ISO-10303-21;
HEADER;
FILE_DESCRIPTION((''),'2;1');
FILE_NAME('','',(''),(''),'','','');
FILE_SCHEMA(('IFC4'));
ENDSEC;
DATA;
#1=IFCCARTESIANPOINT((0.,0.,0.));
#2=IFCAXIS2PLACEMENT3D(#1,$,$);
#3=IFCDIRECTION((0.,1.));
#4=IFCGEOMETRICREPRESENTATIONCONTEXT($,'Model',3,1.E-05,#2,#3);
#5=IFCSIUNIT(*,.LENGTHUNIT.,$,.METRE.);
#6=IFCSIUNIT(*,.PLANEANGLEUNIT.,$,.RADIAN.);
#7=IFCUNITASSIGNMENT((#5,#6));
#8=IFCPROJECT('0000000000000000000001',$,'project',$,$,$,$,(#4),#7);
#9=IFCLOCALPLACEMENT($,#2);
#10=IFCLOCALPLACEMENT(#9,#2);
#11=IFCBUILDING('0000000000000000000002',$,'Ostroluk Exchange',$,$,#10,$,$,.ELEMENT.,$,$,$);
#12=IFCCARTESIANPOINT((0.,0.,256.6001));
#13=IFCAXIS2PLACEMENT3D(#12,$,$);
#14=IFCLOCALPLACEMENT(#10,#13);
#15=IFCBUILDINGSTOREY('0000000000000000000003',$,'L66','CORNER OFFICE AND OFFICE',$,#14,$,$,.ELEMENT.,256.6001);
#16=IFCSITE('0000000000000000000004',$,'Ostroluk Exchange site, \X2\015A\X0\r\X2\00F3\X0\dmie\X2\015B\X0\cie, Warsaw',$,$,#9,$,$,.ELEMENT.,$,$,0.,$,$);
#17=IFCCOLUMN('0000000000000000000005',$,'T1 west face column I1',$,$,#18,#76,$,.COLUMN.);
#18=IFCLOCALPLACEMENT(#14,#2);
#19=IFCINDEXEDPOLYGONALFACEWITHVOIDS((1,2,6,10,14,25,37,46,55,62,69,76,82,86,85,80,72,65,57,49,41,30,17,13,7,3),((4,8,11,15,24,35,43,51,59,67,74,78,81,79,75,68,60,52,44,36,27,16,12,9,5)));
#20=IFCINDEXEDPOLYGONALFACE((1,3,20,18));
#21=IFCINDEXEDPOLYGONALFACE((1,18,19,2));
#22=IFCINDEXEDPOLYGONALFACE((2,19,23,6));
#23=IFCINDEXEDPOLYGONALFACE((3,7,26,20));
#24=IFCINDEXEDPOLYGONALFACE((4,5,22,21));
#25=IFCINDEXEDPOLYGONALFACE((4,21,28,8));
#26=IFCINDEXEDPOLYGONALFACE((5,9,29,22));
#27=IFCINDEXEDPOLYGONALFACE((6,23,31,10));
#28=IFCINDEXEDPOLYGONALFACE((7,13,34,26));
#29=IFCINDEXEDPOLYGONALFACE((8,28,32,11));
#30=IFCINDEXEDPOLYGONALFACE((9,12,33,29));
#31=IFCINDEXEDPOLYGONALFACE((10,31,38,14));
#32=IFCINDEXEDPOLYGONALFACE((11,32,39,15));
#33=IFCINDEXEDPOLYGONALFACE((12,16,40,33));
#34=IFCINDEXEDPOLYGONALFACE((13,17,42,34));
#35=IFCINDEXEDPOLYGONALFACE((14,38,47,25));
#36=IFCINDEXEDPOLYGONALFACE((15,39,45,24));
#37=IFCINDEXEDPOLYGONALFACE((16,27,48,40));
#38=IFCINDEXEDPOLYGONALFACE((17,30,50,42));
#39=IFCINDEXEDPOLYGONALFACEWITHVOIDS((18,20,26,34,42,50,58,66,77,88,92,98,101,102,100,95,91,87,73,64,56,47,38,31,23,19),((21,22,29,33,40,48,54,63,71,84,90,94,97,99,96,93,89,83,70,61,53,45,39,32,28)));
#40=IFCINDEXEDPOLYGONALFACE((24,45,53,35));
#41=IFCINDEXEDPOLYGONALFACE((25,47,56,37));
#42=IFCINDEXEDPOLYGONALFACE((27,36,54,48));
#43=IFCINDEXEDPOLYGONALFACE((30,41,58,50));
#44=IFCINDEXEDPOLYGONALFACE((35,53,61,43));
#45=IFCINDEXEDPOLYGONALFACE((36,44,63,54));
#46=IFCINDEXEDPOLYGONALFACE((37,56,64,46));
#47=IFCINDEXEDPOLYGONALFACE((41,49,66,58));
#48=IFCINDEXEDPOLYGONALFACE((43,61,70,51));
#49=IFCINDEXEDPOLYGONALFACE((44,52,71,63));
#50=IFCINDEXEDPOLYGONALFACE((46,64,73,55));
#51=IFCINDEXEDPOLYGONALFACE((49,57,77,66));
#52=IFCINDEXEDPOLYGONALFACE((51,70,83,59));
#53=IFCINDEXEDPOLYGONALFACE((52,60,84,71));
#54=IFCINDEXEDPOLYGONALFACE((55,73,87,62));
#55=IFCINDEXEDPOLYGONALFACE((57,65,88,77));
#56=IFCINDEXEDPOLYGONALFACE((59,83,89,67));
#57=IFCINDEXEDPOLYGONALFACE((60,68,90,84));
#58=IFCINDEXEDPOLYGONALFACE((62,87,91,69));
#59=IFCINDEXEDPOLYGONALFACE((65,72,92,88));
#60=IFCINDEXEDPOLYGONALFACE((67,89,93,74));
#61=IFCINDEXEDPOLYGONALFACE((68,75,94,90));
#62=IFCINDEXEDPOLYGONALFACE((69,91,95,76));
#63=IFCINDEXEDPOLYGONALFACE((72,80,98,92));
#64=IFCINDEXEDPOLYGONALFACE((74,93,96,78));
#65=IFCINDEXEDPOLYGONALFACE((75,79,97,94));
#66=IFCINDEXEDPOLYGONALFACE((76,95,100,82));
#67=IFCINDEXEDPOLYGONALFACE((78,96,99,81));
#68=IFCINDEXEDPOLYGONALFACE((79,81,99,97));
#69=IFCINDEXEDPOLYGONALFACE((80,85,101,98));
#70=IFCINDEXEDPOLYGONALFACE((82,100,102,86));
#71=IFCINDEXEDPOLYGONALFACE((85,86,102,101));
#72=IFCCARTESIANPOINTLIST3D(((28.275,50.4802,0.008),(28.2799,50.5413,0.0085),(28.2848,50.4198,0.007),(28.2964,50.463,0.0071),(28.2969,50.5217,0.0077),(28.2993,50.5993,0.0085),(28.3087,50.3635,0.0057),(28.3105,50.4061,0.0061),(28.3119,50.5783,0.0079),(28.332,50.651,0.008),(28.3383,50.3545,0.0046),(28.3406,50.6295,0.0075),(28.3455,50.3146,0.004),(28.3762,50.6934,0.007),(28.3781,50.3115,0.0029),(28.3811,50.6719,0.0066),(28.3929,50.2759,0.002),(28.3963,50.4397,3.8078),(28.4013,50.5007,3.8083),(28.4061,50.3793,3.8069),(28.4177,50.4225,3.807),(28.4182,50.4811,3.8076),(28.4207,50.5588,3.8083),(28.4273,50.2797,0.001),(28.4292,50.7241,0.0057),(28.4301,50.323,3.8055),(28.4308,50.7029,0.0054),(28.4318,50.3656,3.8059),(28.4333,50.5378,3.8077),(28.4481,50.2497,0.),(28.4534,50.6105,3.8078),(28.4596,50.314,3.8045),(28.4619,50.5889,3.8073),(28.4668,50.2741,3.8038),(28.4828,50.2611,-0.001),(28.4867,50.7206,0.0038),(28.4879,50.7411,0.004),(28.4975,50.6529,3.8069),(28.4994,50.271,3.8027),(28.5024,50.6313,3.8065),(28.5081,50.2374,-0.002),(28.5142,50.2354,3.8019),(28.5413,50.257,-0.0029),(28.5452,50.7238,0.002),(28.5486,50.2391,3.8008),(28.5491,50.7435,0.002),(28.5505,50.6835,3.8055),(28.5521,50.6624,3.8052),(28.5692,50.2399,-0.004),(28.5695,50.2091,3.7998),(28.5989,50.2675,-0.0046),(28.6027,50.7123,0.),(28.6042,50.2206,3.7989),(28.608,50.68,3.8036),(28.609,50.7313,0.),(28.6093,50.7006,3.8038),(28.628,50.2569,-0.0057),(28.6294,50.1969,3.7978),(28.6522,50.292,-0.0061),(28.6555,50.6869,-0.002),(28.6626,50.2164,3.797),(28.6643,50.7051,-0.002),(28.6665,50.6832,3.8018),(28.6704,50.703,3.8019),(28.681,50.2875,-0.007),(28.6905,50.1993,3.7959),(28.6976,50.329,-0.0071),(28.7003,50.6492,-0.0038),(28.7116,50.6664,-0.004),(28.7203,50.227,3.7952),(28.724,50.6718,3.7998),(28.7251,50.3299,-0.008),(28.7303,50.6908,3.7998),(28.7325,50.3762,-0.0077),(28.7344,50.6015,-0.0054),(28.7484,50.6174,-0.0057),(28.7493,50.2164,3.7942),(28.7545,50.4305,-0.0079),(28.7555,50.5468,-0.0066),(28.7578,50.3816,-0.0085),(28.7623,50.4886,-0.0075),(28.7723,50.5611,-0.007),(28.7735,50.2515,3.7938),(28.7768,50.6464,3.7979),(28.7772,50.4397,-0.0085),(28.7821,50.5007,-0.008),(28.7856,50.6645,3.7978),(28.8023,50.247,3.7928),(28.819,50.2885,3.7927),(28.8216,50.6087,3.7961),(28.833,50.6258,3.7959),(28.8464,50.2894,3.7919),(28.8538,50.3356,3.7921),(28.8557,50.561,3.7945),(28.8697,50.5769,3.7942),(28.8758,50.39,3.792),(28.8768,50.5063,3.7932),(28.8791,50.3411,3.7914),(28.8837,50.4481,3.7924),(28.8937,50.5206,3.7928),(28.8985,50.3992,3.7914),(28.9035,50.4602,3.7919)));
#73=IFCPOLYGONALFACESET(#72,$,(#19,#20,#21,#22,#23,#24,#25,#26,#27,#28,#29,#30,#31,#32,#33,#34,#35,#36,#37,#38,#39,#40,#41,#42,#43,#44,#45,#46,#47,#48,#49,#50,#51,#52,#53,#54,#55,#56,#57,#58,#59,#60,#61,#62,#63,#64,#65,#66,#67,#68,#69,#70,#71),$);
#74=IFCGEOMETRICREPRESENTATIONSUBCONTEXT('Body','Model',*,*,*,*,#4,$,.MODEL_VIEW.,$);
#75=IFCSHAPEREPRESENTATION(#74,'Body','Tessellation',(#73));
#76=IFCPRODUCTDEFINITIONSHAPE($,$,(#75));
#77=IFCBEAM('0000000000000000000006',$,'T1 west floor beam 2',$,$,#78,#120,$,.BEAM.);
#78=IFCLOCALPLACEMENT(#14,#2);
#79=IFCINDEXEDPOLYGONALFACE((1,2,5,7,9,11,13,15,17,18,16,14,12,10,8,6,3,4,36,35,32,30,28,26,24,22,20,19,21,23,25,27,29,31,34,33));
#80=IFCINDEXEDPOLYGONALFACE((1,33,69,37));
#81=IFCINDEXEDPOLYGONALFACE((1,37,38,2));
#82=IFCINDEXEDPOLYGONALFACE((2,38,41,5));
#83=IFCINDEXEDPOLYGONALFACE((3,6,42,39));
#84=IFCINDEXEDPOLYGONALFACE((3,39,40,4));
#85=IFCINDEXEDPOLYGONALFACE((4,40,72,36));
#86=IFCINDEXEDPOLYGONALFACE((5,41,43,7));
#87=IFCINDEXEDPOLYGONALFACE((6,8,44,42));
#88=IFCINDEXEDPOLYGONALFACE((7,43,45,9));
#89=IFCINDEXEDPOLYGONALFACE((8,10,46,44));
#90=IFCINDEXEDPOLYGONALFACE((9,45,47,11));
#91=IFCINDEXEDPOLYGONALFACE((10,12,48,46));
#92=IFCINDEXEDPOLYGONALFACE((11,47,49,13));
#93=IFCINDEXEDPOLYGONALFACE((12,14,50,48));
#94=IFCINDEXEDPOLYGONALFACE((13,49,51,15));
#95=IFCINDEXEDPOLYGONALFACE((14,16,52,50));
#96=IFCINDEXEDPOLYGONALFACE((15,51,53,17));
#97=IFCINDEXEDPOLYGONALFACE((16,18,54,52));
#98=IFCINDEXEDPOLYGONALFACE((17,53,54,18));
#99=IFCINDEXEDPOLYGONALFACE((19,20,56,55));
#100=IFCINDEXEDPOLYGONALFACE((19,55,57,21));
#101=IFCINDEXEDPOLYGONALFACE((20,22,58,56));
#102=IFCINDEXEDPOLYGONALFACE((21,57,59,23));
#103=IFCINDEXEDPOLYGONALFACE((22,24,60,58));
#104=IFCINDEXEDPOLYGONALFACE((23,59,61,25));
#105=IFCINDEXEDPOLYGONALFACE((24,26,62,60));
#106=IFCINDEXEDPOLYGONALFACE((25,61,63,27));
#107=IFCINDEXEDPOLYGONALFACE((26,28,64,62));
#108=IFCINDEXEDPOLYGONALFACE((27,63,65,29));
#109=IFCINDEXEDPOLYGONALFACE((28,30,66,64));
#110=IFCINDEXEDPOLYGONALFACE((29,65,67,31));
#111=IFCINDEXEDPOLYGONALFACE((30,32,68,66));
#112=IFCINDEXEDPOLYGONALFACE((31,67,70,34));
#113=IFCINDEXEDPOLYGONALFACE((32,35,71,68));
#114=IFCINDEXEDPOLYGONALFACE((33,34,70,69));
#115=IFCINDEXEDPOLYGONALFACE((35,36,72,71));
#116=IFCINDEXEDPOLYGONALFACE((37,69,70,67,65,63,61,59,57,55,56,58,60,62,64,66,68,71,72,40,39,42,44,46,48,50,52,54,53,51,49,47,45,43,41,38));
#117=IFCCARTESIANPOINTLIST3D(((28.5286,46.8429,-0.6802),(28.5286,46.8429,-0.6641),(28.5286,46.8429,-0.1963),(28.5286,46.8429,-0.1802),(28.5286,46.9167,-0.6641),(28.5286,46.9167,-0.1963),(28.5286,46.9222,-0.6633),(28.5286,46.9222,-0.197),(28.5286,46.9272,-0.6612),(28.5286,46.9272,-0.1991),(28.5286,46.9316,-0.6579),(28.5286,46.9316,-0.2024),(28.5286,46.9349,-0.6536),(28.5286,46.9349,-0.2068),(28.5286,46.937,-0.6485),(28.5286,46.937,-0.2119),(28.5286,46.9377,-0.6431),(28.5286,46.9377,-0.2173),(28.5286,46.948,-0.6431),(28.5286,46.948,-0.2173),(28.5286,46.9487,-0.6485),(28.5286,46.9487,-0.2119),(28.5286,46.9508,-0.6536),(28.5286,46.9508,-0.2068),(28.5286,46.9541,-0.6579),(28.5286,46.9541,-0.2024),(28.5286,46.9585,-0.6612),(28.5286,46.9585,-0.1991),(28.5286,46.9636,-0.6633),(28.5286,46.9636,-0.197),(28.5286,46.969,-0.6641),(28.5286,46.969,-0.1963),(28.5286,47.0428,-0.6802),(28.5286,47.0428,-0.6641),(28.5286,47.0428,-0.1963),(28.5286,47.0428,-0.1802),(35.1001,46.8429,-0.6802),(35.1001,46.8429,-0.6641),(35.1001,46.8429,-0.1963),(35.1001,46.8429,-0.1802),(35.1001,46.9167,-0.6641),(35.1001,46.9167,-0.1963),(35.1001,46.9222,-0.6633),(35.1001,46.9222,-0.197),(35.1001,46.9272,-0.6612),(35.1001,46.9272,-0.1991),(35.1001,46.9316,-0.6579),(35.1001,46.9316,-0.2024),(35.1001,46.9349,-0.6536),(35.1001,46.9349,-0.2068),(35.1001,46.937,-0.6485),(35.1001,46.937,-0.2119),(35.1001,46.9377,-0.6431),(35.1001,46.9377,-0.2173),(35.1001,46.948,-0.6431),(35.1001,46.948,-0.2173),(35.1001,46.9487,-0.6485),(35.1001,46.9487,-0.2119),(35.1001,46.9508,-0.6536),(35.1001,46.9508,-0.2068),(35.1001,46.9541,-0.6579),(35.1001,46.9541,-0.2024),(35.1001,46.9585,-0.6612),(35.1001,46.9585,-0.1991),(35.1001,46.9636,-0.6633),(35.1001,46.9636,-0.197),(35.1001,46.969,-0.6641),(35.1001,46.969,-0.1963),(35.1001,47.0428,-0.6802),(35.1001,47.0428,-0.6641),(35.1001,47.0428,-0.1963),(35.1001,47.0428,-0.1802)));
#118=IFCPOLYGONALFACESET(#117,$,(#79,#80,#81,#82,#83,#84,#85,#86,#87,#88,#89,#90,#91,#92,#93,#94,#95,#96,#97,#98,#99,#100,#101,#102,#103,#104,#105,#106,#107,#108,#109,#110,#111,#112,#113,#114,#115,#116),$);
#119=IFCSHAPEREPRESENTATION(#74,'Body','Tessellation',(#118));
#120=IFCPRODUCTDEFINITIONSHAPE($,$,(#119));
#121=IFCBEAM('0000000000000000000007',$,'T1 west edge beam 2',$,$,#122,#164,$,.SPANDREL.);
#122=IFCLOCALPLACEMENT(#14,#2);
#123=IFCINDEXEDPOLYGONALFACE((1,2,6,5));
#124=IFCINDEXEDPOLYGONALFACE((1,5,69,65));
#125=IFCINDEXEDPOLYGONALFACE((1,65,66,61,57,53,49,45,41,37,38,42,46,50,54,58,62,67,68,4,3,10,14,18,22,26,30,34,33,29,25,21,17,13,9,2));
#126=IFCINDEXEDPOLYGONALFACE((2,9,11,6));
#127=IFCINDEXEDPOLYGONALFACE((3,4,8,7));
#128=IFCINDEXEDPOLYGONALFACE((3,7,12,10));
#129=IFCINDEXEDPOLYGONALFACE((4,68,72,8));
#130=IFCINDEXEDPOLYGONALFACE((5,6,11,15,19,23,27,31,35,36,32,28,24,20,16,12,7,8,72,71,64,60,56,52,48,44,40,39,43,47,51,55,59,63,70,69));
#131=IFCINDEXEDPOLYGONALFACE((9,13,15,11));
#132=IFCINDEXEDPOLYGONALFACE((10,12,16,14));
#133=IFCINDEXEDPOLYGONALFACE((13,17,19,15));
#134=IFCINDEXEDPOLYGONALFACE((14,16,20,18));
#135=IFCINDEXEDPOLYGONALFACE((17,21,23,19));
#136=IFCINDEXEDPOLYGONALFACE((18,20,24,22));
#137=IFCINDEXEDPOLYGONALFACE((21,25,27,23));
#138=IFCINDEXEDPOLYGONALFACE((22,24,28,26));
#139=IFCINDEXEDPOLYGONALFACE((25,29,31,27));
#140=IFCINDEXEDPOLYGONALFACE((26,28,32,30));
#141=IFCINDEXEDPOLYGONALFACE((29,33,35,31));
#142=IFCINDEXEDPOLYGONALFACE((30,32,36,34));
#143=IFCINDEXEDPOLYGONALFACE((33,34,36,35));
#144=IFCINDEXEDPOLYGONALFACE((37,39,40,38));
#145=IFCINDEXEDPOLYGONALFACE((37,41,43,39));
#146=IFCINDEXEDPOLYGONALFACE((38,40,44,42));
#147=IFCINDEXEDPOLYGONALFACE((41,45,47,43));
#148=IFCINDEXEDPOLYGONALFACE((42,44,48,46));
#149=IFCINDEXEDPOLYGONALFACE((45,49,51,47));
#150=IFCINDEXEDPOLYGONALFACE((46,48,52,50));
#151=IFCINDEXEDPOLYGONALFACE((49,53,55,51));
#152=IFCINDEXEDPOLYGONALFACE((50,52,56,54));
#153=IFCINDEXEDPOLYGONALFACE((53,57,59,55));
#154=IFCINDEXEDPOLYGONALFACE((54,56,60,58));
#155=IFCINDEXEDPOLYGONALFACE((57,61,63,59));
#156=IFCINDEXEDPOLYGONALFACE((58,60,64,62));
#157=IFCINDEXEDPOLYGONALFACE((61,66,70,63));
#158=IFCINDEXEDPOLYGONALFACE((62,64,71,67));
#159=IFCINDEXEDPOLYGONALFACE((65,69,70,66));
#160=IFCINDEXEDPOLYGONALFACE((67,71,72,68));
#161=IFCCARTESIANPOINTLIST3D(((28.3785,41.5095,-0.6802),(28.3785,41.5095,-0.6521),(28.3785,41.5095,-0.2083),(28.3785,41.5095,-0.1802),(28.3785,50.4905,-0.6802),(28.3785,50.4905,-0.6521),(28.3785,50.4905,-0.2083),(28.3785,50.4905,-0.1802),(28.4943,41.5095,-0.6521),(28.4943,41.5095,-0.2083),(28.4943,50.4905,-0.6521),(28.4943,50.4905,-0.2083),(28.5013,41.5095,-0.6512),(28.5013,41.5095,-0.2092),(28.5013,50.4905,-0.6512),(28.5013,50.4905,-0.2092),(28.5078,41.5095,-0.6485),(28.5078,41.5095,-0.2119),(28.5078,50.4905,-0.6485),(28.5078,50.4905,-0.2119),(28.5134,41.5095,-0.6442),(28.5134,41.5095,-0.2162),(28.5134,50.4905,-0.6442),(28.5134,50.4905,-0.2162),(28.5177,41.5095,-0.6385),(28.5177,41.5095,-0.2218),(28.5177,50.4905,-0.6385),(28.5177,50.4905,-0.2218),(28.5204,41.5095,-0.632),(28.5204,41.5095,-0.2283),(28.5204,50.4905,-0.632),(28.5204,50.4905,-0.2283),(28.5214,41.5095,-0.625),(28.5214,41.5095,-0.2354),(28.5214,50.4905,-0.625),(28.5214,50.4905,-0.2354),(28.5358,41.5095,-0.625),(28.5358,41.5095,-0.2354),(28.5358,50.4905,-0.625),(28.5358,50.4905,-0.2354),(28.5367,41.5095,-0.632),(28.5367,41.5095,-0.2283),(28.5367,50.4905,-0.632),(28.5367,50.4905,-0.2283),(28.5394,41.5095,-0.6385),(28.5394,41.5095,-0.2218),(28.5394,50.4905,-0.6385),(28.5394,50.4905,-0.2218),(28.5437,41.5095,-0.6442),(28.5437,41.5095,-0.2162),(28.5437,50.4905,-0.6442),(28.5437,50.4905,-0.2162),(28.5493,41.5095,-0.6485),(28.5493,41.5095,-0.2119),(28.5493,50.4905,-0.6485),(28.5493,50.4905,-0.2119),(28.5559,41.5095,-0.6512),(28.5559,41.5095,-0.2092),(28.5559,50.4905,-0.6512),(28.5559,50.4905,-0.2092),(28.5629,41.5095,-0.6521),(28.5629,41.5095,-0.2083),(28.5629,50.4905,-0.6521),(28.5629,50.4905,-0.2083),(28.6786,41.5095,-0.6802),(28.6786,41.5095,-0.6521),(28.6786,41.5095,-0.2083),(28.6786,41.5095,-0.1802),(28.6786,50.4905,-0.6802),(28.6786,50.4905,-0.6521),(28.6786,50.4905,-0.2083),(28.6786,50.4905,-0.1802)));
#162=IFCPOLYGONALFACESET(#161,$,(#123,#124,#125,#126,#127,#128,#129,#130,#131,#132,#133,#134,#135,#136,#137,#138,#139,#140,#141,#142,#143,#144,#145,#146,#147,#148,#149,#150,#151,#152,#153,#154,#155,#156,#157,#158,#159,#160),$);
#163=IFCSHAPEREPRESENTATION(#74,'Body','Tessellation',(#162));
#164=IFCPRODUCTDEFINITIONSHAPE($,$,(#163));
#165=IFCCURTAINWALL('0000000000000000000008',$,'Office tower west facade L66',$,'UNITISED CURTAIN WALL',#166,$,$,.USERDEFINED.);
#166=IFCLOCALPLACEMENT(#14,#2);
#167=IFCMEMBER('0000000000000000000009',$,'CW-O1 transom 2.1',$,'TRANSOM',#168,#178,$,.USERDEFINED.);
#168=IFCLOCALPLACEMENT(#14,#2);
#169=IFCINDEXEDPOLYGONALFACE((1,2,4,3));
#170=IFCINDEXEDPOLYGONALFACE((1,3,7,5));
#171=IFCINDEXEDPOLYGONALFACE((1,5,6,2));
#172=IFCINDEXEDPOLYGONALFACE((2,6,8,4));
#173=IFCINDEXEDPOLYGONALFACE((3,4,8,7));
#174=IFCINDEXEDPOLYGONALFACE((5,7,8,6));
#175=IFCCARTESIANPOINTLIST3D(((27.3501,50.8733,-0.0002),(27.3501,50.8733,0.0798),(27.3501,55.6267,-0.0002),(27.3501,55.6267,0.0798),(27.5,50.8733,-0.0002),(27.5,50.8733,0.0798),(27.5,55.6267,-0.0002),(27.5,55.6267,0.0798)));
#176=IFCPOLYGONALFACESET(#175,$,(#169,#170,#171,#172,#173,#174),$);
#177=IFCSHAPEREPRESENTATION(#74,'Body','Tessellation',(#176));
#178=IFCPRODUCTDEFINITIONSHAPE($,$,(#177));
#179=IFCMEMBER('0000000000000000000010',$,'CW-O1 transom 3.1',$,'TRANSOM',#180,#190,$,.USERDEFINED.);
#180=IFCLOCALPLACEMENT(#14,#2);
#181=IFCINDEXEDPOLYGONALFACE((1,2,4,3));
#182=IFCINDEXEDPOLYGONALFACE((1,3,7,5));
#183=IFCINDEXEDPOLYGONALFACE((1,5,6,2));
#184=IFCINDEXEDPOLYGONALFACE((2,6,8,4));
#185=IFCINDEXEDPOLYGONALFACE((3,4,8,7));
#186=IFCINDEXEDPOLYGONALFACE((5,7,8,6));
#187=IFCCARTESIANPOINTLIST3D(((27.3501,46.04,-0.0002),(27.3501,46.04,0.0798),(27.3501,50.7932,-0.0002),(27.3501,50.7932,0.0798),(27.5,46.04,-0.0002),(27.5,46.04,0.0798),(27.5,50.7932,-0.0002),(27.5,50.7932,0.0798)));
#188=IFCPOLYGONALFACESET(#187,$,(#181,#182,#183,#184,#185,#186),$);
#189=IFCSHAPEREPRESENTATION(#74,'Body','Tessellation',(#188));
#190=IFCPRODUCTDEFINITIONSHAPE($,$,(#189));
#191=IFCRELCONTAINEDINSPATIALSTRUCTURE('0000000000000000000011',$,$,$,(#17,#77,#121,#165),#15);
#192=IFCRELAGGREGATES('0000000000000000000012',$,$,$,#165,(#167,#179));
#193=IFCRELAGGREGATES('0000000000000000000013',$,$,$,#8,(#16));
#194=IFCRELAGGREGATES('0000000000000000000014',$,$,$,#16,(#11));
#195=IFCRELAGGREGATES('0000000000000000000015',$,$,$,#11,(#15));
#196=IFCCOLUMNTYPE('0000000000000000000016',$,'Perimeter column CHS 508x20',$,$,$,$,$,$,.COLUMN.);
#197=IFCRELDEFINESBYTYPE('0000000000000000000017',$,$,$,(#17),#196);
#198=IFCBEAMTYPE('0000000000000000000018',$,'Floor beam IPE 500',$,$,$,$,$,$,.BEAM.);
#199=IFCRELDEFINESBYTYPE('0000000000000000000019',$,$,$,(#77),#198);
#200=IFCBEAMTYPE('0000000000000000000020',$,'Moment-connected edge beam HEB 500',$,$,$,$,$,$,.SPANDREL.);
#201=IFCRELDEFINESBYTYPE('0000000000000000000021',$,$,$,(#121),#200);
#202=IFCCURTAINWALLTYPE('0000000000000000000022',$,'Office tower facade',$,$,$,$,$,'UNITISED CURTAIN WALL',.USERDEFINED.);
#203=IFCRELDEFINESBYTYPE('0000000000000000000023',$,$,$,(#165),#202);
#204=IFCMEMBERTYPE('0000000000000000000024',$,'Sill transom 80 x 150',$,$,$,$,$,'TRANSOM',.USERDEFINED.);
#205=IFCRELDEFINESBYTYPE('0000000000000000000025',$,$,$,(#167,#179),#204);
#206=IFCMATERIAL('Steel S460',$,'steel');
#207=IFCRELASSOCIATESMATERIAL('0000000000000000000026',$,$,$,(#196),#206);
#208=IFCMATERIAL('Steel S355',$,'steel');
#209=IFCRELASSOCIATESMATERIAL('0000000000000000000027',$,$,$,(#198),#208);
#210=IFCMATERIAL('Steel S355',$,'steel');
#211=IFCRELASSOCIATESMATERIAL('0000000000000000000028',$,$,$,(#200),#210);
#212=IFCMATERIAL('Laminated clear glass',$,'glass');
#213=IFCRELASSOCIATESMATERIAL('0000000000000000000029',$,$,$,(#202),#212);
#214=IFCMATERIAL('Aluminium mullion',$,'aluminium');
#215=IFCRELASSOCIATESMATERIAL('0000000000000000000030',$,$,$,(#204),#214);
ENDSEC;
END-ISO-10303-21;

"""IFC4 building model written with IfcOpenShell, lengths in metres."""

from ifc_helpers import new_model, si_unit, direction, frame, origin, origin_2d, place, context, subcontext, project, spatial, rectangle, hollow_circle, i_section, extrude, material, material_profile, profile_set, type_object, element, aggregate, save


model = new_model("IFC4")

# Units and contexts
model_context = context("Model", 3, precision=1e-05, world=origin(), true_north=direction((0.0, 1.0)))
body_context = subcontext(model_context, "Body", "Model", "MODEL_VIEW")
ifc_project = project(units=[si_unit("LENGTHUNIT", "METRE"), si_unit("PLANEANGLEUNIT", "RADIAN")], contexts=[model_context])

# Site, building, storey
site_placement = place(None, origin())
site = spatial("IfcSite", under=ifc_project, at=site_placement, Name="Ostroluk Exchange site, Śródmieście, Warsaw", CompositionType="ELEMENT", RefElevation=0.0)
building_placement = place(site_placement, origin())
building = spatial("IfcBuilding", under=site, at=building_placement, Name="Ostroluk Exchange", CompositionType="ELEMENT")
storey_placement = place(building_placement, frame((0.0, 0.0, 256.6001)))
storey = spatial("IfcBuildingStorey", under=building, at=storey_placement, Name="L66", Description="CORNER OFFICE AND OFFICE", CompositionType="ELEMENT", Elevation=256.6001)

# Column
ifc_material_1 = material(Name="Steel S460", Category="steel")
ifc_material_profile_1 = material_profile(ifc_material_1, hollow_circle(Radius=0.2539, WallThickness=0.02, at=origin_2d()), Name="CHS 508x20")
ifc_profile_set_1 = profile_set([ifc_material_profile_1], Name="Steel S460")
column_type = type_object("IfcColumnType", Name="Perimeter column CHS 508x20", PredefinedType="COLUMN", material=ifc_profile_set_1)
column_placement = place(storey_placement, frame((28.5286, 50.4905, 0.0), z_axis=(0.031915, -0.01066, 0.999434), x_axis=(0.3168, 0.948492, 0.0)))
element("IfcColumn", 1, at=column_placement, inside=storey, type_object=column_type, Name="T1 west face column I1", PredefinedType="COLUMN", context=body_context, shape_type="SweptSolid", body=[
    extrude(hollow_circle(Radius=0.2539, WallThickness=0.02, at=origin_2d()), origin(), (0.0, 0.0, 1.0), 3.802),
])

# Beams
ifc_material_2 = material(Name="Steel S355", Category="steel")
ifc_material_profile_2 = material_profile(ifc_material_2, i_section(OverallWidth=0.2, OverallDepth=0.5, WebThickness=0.0103, FlangeThickness=0.0161, FilletRadius=0.021, at=origin_2d()), Name="IPE 500")
ifc_profile_set_2 = profile_set([ifc_material_profile_2], Name="Steel S355")
beam_type_1 = type_object("IfcBeamType", Name="Floor beam IPE 500", PredefinedType="BEAM", material=ifc_profile_set_2)
beam_1_placement = place(storey_placement, frame((35.1001, 46.9429, -0.4302), z_axis=(-1.0, 0.0, 0.0), x_axis=(0.0, -1.0, 0.0)))
element("IfcBeam", 2, at=beam_1_placement, inside=storey, type_object=beam_type_1, Name="T1 west floor beam 2", PredefinedType="BEAM", context=body_context, shape_type="SweptSolid", body=[
    extrude(i_section(OverallWidth=0.2, OverallDepth=0.5, WebThickness=0.0103, FlangeThickness=0.0161, FilletRadius=0.021, at=origin_2d()), origin(), (0.0, 0.0, 1.0), 6.5715),
])
ifc_material_3 = material(Name="Steel S355", Category="steel")
ifc_material_profile_3 = material_profile(ifc_material_3, i_section(OverallWidth=0.3, OverallDepth=0.5, WebThickness=0.0144, FlangeThickness=0.0281, FilletRadius=0.0271, at=origin_2d()), Name="HEB 500")
ifc_profile_set_3 = profile_set([ifc_material_profile_3], Name="Steel S355")
beam_type_2 = type_object("IfcBeamType", Name="Moment-connected edge beam HEB 500", PredefinedType="SPANDREL", material=ifc_profile_set_3)
beam_2_placement = place(storey_placement, frame((28.5286, 50.4905, -0.4302), z_axis=(0.0, -1.0, 0.0), x_axis=(1.0, 0.0, 0.0)))
element("IfcBeam", 3, at=beam_2_placement, inside=storey, type_object=beam_type_2, Name="T1 west edge beam 2", PredefinedType="SPANDREL", context=body_context, shape_type="SweptSolid", body=[
    extrude(i_section(OverallWidth=0.3, OverallDepth=0.5, WebThickness=0.0144, FlangeThickness=0.0281, FilletRadius=0.0271, at=origin_2d()), origin(), (0.0, 0.0, 1.0), 8.981),
])

# Curtain wall, members
ifc_material_4 = material(Name="Laminated clear glass", Category="glass")
curtain_wall_type = type_object("IfcCurtainWallType", Name="Office tower facade", ElementType="UNITISED CURTAIN WALL", PredefinedType="USERDEFINED", material=ifc_material_4)
curtain_wall_placement = place(storey_placement, origin())
curtain_wall = element("IfcCurtainWall", 4, at=curtain_wall_placement, inside=storey, type_object=curtain_wall_type, Name="Office tower west facade L66", ObjectType="UNITISED CURTAIN WALL", PredefinedType="USERDEFINED")
ifc_material_5 = material(Name="Aluminium mullion", Category="aluminium")
ifc_material_profile_4 = material_profile(ifc_material_5, rectangle(XDim=0.1499, YDim=0.0801, at=origin_2d()), Name="Sill transom 80 x 150")
ifc_profile_set_4 = profile_set([ifc_material_profile_4], Name="Aluminium mullion")
member_type_1 = type_object("IfcMemberType", Name="Sill transom 80 x 150", ElementType="TRANSOM", PredefinedType="USERDEFINED", material=ifc_profile_set_4)
member_1_placement = place(storey_placement, frame((27.425, 55.6267, 0.0398), z_axis=(0.0, -1.0, 0.0), x_axis=(1.0, 0.0, 0.0)))
member_1 = element("IfcMember", 5, at=member_1_placement, type_object=member_type_1, Name="CW-O1 transom 2.1", ObjectType="TRANSOM", PredefinedType="USERDEFINED", context=body_context, shape_type="SweptSolid", body=[
    extrude(rectangle(XDim=0.1499, YDim=0.0801, at=origin_2d()), origin(), (0.0, 0.0, 1.0), 4.7534),
])
member_2_placement = place(storey_placement, frame((27.425, 50.7932, 0.0398), z_axis=(0.0, -1.0, 0.0), x_axis=(1.0, 0.0, 0.0)))
member_2 = element("IfcMember", 6, at=member_2_placement, type_object=member_type_1, Name="CW-O1 transom 3.1", ObjectType="TRANSOM", PredefinedType="USERDEFINED", context=body_context, shape_type="SweptSolid", body=[
    extrude(rectangle(XDim=0.1499, YDim=0.0801, at=origin_2d()), origin(), (0.0, 0.0, 1.0), 4.7532),
])
aggregate(curtain_wall, [member_1, member_2])

save(model, "model.ifc")
